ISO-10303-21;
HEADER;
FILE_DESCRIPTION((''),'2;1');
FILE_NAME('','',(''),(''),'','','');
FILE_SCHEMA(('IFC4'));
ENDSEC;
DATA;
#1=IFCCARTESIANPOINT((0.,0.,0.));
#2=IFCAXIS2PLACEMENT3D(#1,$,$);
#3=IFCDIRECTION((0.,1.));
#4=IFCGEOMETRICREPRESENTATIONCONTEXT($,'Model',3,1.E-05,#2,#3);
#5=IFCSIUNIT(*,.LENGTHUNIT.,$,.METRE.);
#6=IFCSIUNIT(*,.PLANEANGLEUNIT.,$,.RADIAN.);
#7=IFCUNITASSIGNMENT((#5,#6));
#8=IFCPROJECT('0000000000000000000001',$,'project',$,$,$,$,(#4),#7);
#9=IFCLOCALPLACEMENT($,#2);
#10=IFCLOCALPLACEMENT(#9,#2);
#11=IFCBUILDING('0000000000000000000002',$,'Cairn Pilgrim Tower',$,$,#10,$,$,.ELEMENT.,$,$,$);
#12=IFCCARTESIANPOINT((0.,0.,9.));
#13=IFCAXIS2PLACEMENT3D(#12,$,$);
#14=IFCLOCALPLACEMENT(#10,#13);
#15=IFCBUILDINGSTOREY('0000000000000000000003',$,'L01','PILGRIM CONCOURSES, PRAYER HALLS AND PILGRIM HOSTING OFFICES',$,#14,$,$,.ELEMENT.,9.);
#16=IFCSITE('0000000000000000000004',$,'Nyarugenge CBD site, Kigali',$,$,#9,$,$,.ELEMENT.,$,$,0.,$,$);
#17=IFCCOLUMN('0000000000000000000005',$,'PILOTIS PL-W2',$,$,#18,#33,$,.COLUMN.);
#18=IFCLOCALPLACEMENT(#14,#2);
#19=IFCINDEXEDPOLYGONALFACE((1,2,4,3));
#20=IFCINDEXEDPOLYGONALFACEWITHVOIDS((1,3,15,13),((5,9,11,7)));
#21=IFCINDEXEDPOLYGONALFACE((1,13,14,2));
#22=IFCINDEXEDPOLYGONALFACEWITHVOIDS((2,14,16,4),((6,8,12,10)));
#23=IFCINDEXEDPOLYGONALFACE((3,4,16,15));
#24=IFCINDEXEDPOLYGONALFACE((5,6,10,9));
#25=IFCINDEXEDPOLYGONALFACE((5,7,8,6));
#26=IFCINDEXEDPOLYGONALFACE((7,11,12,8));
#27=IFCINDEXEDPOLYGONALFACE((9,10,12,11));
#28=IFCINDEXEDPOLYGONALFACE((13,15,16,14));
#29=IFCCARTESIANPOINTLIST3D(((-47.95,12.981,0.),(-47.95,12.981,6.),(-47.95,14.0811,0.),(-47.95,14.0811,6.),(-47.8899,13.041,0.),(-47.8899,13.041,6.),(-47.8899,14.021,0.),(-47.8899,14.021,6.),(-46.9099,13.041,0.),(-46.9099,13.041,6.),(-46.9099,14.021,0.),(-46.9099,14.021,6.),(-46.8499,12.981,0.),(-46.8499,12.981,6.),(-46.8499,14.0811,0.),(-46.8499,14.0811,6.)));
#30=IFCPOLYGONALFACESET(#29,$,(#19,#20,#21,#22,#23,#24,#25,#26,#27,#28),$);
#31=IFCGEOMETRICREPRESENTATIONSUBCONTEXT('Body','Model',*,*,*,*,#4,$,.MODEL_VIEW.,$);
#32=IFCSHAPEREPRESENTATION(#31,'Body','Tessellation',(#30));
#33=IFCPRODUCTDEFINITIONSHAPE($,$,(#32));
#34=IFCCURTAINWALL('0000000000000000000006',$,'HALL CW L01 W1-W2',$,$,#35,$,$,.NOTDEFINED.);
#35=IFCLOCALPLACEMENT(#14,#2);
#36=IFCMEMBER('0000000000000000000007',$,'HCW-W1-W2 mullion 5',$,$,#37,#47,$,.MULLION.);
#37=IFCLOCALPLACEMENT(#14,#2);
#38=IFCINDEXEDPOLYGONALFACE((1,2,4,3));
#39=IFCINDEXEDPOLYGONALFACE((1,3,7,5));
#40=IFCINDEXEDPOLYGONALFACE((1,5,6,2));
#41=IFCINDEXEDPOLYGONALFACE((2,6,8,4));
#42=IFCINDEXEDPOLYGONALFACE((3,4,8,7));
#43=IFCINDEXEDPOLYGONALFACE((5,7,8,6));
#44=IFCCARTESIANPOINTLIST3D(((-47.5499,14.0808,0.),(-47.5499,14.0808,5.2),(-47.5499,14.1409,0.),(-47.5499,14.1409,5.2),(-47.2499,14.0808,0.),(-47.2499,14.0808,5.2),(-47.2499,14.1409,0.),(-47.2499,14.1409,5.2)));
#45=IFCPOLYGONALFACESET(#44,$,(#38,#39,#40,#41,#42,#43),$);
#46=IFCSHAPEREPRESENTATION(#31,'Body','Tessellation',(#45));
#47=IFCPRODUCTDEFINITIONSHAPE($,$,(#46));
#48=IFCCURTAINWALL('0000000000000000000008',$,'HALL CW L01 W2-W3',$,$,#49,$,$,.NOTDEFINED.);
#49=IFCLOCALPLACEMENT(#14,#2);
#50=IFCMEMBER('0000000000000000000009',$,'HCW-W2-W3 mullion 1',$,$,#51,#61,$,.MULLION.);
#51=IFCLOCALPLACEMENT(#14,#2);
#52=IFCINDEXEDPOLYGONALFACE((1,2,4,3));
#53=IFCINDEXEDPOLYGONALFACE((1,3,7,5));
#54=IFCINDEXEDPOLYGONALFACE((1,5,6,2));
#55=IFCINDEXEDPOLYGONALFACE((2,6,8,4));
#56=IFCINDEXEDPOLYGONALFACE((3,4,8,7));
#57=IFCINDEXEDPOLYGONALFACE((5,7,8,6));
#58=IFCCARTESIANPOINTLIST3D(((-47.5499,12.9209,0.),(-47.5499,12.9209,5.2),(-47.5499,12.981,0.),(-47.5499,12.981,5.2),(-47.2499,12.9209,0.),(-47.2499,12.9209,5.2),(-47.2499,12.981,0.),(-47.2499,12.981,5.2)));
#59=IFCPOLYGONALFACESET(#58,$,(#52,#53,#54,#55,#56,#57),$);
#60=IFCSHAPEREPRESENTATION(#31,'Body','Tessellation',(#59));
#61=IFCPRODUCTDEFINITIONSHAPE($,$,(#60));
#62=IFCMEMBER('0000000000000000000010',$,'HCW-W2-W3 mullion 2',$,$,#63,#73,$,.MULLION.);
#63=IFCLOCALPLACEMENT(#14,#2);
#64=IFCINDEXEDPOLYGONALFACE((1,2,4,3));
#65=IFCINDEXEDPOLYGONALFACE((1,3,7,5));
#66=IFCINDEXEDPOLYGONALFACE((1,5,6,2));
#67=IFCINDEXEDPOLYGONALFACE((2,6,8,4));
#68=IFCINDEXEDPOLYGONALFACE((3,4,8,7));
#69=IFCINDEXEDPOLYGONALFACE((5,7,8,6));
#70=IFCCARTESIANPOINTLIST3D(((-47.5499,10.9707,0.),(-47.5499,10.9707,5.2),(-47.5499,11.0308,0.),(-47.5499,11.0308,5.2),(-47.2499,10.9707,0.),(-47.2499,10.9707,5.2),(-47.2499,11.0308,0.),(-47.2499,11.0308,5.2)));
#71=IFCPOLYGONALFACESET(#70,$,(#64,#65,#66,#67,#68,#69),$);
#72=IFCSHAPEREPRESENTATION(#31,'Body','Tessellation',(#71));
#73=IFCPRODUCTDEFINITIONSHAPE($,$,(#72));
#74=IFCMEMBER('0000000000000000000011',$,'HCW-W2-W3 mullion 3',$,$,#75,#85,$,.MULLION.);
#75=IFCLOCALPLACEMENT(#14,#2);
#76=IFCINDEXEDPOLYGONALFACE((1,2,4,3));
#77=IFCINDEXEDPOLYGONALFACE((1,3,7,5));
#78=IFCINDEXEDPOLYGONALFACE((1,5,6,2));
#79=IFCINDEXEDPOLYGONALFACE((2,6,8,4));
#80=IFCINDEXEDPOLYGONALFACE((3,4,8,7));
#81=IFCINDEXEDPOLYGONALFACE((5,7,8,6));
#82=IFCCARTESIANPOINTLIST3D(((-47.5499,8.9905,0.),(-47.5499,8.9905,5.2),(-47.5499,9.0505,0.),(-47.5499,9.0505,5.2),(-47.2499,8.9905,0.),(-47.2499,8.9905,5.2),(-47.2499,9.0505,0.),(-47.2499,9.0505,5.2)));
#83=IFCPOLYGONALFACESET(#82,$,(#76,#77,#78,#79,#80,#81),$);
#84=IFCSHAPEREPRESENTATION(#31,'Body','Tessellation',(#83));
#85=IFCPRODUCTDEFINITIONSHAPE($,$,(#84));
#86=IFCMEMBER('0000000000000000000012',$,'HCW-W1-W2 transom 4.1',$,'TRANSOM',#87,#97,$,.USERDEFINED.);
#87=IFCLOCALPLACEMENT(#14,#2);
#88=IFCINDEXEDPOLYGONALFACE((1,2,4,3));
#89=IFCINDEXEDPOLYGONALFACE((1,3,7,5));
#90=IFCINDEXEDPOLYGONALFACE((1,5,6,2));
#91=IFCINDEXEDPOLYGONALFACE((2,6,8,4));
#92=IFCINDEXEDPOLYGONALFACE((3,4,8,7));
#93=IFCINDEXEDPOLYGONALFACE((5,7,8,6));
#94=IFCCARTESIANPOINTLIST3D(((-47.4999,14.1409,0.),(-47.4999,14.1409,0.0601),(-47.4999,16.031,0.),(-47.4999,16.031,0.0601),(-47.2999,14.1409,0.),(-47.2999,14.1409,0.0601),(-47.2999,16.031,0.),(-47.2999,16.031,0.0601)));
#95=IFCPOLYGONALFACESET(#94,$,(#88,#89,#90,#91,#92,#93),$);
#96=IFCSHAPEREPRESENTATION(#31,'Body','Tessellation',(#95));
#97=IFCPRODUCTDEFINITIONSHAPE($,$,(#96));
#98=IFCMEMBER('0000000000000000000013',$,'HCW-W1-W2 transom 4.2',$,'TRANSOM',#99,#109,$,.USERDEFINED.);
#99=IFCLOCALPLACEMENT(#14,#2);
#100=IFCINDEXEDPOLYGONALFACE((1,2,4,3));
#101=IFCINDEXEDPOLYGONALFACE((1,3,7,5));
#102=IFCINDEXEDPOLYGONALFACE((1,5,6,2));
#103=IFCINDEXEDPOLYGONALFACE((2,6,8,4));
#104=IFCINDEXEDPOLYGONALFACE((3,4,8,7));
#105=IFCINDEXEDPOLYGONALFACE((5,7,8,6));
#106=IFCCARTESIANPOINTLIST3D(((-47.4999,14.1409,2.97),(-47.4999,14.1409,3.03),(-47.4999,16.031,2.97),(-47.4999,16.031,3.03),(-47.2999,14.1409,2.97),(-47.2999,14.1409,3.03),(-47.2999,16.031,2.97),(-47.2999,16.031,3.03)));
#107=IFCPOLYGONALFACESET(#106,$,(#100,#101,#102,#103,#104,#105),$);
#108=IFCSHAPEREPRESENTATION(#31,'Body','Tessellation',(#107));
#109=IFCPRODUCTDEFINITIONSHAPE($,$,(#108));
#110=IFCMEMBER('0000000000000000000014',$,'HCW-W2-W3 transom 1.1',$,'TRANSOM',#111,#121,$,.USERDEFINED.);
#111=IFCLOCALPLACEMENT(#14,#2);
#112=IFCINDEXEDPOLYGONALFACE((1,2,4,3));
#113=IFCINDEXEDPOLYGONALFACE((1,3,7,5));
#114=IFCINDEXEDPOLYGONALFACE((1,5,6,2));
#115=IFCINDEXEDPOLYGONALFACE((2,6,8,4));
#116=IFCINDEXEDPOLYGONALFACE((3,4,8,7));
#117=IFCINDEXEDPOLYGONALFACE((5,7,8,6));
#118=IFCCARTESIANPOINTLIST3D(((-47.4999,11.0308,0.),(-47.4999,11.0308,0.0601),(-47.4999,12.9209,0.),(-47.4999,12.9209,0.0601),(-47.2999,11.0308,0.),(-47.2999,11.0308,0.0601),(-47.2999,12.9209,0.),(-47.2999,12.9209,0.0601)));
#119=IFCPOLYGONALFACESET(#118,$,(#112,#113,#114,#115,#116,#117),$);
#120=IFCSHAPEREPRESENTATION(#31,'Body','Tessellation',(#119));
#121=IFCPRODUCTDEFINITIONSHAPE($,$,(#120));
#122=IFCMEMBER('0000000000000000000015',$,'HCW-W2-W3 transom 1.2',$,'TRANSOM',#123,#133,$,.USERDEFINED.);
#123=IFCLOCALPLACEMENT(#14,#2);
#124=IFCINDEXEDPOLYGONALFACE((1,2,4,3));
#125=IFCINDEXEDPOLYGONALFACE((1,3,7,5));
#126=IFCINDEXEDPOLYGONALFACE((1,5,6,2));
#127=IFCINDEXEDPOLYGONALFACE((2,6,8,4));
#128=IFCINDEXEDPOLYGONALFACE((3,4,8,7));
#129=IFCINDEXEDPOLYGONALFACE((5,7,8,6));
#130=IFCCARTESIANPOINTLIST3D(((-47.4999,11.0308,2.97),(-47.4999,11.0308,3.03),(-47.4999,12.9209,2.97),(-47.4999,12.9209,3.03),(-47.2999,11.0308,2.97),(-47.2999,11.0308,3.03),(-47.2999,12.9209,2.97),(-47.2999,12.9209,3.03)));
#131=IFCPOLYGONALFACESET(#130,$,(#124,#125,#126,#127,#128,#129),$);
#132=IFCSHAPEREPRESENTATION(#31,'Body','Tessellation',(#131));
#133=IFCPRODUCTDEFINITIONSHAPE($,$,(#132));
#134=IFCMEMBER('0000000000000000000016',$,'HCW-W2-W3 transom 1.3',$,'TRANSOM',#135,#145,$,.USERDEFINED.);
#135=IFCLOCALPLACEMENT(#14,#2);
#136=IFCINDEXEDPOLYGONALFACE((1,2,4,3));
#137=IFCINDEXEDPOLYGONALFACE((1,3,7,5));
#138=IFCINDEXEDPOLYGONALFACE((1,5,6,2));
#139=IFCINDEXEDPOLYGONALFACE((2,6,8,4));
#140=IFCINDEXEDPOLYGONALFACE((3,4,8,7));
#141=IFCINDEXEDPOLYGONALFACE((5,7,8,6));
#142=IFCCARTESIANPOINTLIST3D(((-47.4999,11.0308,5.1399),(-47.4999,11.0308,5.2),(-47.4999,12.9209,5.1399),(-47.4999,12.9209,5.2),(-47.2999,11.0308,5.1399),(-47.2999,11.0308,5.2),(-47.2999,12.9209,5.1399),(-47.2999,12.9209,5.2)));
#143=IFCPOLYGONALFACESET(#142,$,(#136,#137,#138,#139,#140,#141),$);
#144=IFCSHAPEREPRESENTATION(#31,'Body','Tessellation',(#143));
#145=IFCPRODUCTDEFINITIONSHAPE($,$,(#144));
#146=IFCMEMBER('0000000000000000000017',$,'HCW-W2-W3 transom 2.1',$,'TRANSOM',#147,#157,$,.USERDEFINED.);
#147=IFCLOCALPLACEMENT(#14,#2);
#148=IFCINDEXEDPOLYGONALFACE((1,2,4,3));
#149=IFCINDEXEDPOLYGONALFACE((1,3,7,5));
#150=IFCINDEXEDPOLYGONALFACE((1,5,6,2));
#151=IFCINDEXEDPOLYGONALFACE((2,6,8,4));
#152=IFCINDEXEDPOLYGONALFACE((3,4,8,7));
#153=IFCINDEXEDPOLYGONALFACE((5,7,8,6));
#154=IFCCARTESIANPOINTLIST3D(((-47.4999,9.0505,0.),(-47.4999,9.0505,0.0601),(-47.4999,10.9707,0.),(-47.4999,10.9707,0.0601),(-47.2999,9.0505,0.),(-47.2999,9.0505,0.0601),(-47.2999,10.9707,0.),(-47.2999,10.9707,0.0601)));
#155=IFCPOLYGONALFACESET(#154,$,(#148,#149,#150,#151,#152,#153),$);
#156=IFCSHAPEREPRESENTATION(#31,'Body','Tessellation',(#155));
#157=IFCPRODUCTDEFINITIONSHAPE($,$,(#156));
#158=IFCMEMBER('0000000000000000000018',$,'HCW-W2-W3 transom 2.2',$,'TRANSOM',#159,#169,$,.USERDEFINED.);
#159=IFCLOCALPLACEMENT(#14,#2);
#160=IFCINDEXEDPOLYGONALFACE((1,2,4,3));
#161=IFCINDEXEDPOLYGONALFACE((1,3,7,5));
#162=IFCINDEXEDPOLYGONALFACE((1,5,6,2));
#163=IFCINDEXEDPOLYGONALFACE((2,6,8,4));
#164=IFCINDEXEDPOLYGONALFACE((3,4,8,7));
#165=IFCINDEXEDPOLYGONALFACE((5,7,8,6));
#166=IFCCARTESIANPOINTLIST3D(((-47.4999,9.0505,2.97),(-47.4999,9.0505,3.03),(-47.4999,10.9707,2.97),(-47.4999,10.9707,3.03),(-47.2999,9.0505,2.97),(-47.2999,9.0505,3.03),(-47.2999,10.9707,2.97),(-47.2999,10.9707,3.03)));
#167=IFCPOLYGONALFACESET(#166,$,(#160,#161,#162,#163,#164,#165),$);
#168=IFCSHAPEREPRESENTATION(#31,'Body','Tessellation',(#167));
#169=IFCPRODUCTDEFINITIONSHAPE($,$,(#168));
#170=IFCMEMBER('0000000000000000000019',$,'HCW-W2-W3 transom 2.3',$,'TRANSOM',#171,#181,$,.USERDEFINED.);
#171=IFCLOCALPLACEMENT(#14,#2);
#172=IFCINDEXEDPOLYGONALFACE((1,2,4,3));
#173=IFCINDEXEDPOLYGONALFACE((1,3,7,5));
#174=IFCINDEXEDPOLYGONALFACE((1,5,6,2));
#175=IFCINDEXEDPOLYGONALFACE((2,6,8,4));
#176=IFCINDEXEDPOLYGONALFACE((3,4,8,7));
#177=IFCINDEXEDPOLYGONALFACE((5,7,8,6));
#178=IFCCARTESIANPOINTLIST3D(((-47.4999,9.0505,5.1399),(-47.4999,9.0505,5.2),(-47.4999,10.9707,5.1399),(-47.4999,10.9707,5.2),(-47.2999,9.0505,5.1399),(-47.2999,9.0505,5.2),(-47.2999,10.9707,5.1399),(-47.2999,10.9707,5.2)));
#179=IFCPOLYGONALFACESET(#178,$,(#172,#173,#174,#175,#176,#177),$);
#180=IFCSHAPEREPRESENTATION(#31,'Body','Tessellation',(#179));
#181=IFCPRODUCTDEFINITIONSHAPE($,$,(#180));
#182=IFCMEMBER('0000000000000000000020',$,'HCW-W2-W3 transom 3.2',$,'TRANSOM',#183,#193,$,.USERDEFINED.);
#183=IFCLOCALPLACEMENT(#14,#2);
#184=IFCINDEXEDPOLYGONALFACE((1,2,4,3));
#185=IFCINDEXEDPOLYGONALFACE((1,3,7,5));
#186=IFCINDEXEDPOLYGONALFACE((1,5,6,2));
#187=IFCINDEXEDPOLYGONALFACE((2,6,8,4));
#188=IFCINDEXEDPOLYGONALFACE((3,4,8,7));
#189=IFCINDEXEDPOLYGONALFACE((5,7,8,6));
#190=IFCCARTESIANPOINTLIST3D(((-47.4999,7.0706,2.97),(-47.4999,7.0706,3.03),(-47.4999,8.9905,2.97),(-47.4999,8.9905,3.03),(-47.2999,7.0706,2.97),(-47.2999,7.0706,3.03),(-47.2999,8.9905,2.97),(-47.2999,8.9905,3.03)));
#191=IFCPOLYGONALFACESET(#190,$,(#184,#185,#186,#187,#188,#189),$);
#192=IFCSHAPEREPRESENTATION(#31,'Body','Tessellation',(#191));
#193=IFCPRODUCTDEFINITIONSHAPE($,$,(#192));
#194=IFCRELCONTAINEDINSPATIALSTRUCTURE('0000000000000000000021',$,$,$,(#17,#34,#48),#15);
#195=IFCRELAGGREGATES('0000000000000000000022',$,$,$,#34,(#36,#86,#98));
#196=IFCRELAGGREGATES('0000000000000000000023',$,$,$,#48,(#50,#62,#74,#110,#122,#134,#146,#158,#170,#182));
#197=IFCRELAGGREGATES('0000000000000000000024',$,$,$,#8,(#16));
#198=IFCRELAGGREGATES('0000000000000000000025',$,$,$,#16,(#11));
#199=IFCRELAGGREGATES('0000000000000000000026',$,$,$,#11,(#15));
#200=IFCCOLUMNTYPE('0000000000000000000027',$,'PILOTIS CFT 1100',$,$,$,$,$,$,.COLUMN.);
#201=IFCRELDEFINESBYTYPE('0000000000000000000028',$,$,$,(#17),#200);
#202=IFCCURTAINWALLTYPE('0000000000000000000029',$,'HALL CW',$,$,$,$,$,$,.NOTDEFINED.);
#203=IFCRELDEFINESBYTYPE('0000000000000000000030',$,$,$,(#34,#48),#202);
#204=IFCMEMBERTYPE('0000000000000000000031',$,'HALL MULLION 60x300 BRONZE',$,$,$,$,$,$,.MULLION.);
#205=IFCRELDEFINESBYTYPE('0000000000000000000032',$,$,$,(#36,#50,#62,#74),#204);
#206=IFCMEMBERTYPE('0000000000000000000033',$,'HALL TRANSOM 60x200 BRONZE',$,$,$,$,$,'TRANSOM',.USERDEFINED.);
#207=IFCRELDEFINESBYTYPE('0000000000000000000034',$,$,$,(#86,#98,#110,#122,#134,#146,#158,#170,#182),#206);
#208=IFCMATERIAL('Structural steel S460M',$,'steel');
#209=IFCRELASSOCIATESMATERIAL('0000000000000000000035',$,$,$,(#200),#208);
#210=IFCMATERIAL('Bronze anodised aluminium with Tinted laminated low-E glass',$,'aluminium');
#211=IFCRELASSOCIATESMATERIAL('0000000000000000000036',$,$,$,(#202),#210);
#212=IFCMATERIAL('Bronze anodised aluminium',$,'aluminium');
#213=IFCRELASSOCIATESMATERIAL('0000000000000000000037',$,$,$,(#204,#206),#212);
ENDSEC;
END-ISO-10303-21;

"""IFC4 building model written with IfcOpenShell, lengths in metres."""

from ifc_helpers import new_model, si_unit, direction, frame, origin, origin_2d, place, context, subcontext, project, spatial, rectangle, hollow_rectangle, extrude, material, material_profile, profile_set, type_object, element, aggregate, save


model = new_model("IFC4")

# Units and contexts
model_context = context("Model", 3, precision=1e-05, world=origin(), true_north=direction((0.0, 1.0)))
body_context = subcontext(model_context, "Body", "Model", "MODEL_VIEW")
ifc_project = project(units=[si_unit("LENGTHUNIT", "METRE"), si_unit("PLANEANGLEUNIT", "RADIAN")], contexts=[model_context])

# Site, building, storey
site_placement = place(None, origin())
site = spatial("IfcSite", under=ifc_project, at=site_placement, Name="Nyarugenge CBD site, Kigali", CompositionType="ELEMENT", RefElevation=0.0)
building_placement = place(site_placement, origin())
building = spatial("IfcBuilding", under=site, at=building_placement, Name="Cairn Pilgrim Tower", CompositionType="ELEMENT")
storey_placement = place(building_placement, frame((0.0, 0.0, 9.0)))
storey = spatial("IfcBuildingStorey", under=building, at=storey_placement, Name="L01", Description="PILGRIM CONCOURSES, PRAYER HALLS AND PILGRIM HOSTING OFFICES", CompositionType="ELEMENT", Elevation=9.0)

# Column
ifc_material_1 = material(Name="Structural steel S460M", Category="steel")
ifc_material_profile_1 = material_profile(ifc_material_1, hollow_rectangle(XDim=1.1001, YDim=1.1001, WallThickness=0.0601, at=origin_2d()), Name="BOX 1100x1100x60")
ifc_profile_set_1 = profile_set([ifc_material_profile_1], Name="Structural steel S460M")
column_type = type_object("IfcColumnType", Name="PILOTIS CFT 1100", PredefinedType="COLUMN", material=ifc_profile_set_1)
column_placement = place(storey_placement, frame((-47.3999, 13.531, 0.0), z_axis=(0.0, 0.0, 1.0), x_axis=(1.0, 0.0, 0.0)))
element("IfcColumn", 1, at=column_placement, inside=storey, type_object=column_type, Name="PILOTIS PL-W2", PredefinedType="COLUMN", context=body_context, shape_type="SweptSolid", body=[
    extrude(hollow_rectangle(XDim=1.1001, YDim=1.1001, WallThickness=0.0601, at=origin_2d()), origin(), (0.0, 0.0, 1.0), 6.0),
])

# Curtain wall, member
ifc_material_2 = material(Name="Bronze anodised aluminium with Tinted laminated low-E glass", Category="aluminium")
curtain_wall_type = type_object("IfcCurtainWallType", Name="HALL CW", PredefinedType="NOTDEFINED", material=ifc_material_2)
curtain_wall_1_placement = place(storey_placement, origin())
curtain_wall_1 = element("IfcCurtainWall", 2, at=curtain_wall_1_placement, inside=storey, type_object=curtain_wall_type, Name="HALL CW L01 W1-W2", PredefinedType="NOTDEFINED")
ifc_material_3 = material(Name="Bronze anodised aluminium", Category="aluminium")
ifc_material_profile_2 = material_profile(ifc_material_3, rectangle(XDim=0.3, YDim=0.0601, at=origin_2d()), Name="HALL MULLION 60x300 BRONZE")
ifc_profile_set_2 = profile_set([ifc_material_profile_2], Name="Bronze anodised aluminium")
member_type_1 = type_object("IfcMemberType", Name="HALL MULLION 60x300 BRONZE", PredefinedType="MULLION", material=ifc_profile_set_2)
member_1_placement = place(storey_placement, frame((-47.3999, 14.1108, 0.0), z_axis=(0.0, 0.0, 1.0), x_axis=(1.0, 0.0, 0.0)))
member_1 = element("IfcMember", 3, at=member_1_placement, type_object=member_type_1, Name="HCW-W1-W2 mullion 5", PredefinedType="MULLION", context=body_context, shape_type="SweptSolid", body=[
    extrude(rectangle(XDim=0.3, YDim=0.0601, at=origin_2d()), origin(), (0.0, 0.0, 1.0), 5.2),
])

# Curtain wall, members
curtain_wall_2_placement = place(storey_placement, origin())
curtain_wall_2 = element("IfcCurtainWall", 4, at=curtain_wall_2_placement, inside=storey, type_object=curtain_wall_type, Name="HALL CW L01 W2-W3", PredefinedType="NOTDEFINED")
member_2_placement = place(storey_placement, frame((-47.3999, 12.9509, 0.0), z_axis=(0.0, 0.0, 1.0), x_axis=(1.0, 0.0, 0.0)))
member_2 = element("IfcMember", 5, at=member_2_placement, type_object=member_type_1, Name="HCW-W2-W3 mullion 1", PredefinedType="MULLION", context=body_context, shape_type="SweptSolid", body=[
    extrude(rectangle(XDim=0.3, YDim=0.0601, at=origin_2d()), origin(), (0.0, 0.0, 1.0), 5.2),
])
member_3_placement = place(storey_placement, frame((-47.3999, 11.0007, 0.0), z_axis=(0.0, 0.0, 1.0), x_axis=(1.0, 0.0, 0.0)))
member_3 = element("IfcMember", 6, at=member_3_placement, type_object=member_type_1, Name="HCW-W2-W3 mullion 2", PredefinedType="MULLION", context=body_context, shape_type="SweptSolid", body=[
    extrude(rectangle(XDim=0.3, YDim=0.0601, at=origin_2d()), origin(), (0.0, 0.0, 1.0), 5.2),
])
member_4_placement = place(storey_placement, frame((-47.3999, 9.0205, 0.0), z_axis=(0.0, 0.0, 1.0), x_axis=(1.0, 0.0, 0.0)))
member_4 = element("IfcMember", 7, at=member_4_placement, type_object=member_type_1, Name="HCW-W2-W3 mullion 3", PredefinedType="MULLION", context=body_context, shape_type="SweptSolid", body=[
    extrude(rectangle(XDim=0.3, YDim=0.0601, at=origin_2d()), origin(), (0.0, 0.0, 1.0), 5.2),
])

# Members
ifc_material_profile_3 = material_profile(ifc_material_3, rectangle(XDim=0.2, YDim=0.0601, at=origin_2d()), Name="HALL TRANSOM 60x200 BRONZE")
ifc_profile_set_3 = profile_set([ifc_material_profile_3], Name="Bronze anodised aluminium")
member_type_2 = type_object("IfcMemberType", Name="HALL TRANSOM 60x200 BRONZE", ElementType="TRANSOM", PredefinedType="USERDEFINED", material=ifc_profile_set_3)
member_5_placement = place(storey_placement, frame((-47.3999, 16.031, 0.03), z_axis=(0.0, -1.0, 0.0), x_axis=(1.0, 0.0, 0.0)))
member_5 = element("IfcMember", 8, at=member_5_placement, type_object=member_type_2, Name="HCW-W1-W2 transom 4.1", ObjectType="TRANSOM", PredefinedType="USERDEFINED", context=body_context, shape_type="SweptSolid", body=[
    extrude(rectangle(XDim=0.2, YDim=0.0601, at=origin_2d()), origin(), (0.0, 0.0, 1.0), 1.8901),
])
member_6_placement = place(storey_placement, frame((-47.3999, 16.031, 3.0), z_axis=(0.0, -1.0, 0.0), x_axis=(1.0, 0.0, 0.0)))
member_6 = element("IfcMember", 9, at=member_6_placement, type_object=member_type_2, Name="HCW-W1-W2 transom 4.2", ObjectType="TRANSOM", PredefinedType="USERDEFINED", context=body_context, shape_type="SweptSolid", body=[
    extrude(rectangle(XDim=0.2, YDim=0.0601, at=origin_2d()), origin(), (0.0, 0.0, 1.0), 1.8901),
])
member_7_placement = place(storey_placement, frame((-47.3999, 12.9209, 0.03), z_axis=(0.0, -1.0, 0.0), x_axis=(1.0, 0.0, 0.0)))
member_7 = element("IfcMember", 10, at=member_7_placement, type_object=member_type_2, Name="HCW-W2-W3 transom 1.1", ObjectType="TRANSOM", PredefinedType="USERDEFINED", context=body_context, shape_type="SweptSolid", body=[
    extrude(rectangle(XDim=0.2, YDim=0.0601, at=origin_2d()), origin(), (0.0, 0.0, 1.0), 1.8901),
])
member_8_placement = place(storey_placement, frame((-47.3999, 12.9209, 3.0), z_axis=(0.0, -1.0, 0.0), x_axis=(1.0, 0.0, 0.0)))
member_8 = element("IfcMember", 11, at=member_8_placement, type_object=member_type_2, Name="HCW-W2-W3 transom 1.2", ObjectType="TRANSOM", PredefinedType="USERDEFINED", context=body_context, shape_type="SweptSolid", body=[
    extrude(rectangle(XDim=0.2, YDim=0.0601, at=origin_2d()), origin(), (0.0, 0.0, 1.0), 1.8901),
])
member_9_placement = place(storey_placement, frame((-47.3999, 12.9209, 5.1699), z_axis=(0.0, -1.0, 0.0), x_axis=(1.0, 0.0, 0.0)))
member_9 = element("IfcMember", 12, at=member_9_placement, type_object=member_type_2, Name="HCW-W2-W3 transom 1.3", ObjectType="TRANSOM", PredefinedType="USERDEFINED", context=body_context, shape_type="SweptSolid", body=[
    extrude(rectangle(XDim=0.2, YDim=0.0601, at=origin_2d()), origin(), (0.0, 0.0, 1.0), 1.8901),
])
member_10_placement = place(storey_placement, frame((-47.3999, 10.9707, 0.03), z_axis=(0.0, -1.0, 0.0), x_axis=(1.0, 0.0, 0.0)))
member_10 = element("IfcMember", 13, at=member_10_placement, type_object=member_type_2, Name="HCW-W2-W3 transom 2.1", ObjectType="TRANSOM", PredefinedType="USERDEFINED", context=body_context, shape_type="SweptSolid", body=[
    extrude(rectangle(XDim=0.2, YDim=0.0601, at=origin_2d()), origin(), (0.0, 0.0, 1.0), 1.9202),
])
member_11_placement = place(storey_placement, frame((-47.3999, 10.9707, 3.0), z_axis=(0.0, -1.0, 0.0), x_axis=(1.0, 0.0, 0.0)))
member_11 = element("IfcMember", 14, at=member_11_placement, type_object=member_type_2, Name="HCW-W2-W3 transom 2.2", ObjectType="TRANSOM", PredefinedType="USERDEFINED", context=body_context, shape_type="SweptSolid", body=[
    extrude(rectangle(XDim=0.2, YDim=0.0601, at=origin_2d()), origin(), (0.0, 0.0, 1.0), 1.9202),
])
member_12_placement = place(storey_placement, frame((-47.3999, 10.9707, 5.1699), z_axis=(0.0, -1.0, 0.0), x_axis=(1.0, 0.0, 0.0)))
member_12 = element("IfcMember", 15, at=member_12_placement, type_object=member_type_2, Name="HCW-W2-W3 transom 2.3", ObjectType="TRANSOM", PredefinedType="USERDEFINED", context=body_context, shape_type="SweptSolid", body=[
    extrude(rectangle(XDim=0.2, YDim=0.0601, at=origin_2d()), origin(), (0.0, 0.0, 1.0), 1.9202),
])
member_13_placement = place(storey_placement, frame((-47.3999, 8.9905, 3.0), z_axis=(0.0, -1.0, 0.0), x_axis=(1.0, 0.0, 0.0)))
member_13 = element("IfcMember", 16, at=member_13_placement, type_object=member_type_2, Name="HCW-W2-W3 transom 3.2", ObjectType="TRANSOM", PredefinedType="USERDEFINED", context=body_context, shape_type="SweptSolid", body=[
    extrude(rectangle(XDim=0.2, YDim=0.0601, at=origin_2d()), origin(), (0.0, 0.0, 1.0), 1.9199),
])

aggregate(curtain_wall_1, [member_1, member_5, member_6])
aggregate(curtain_wall_2, [member_2, member_3, member_4, member_7, member_8, member_9, member_10, member_11, member_12, member_13])

save(model, "model.ifc")
